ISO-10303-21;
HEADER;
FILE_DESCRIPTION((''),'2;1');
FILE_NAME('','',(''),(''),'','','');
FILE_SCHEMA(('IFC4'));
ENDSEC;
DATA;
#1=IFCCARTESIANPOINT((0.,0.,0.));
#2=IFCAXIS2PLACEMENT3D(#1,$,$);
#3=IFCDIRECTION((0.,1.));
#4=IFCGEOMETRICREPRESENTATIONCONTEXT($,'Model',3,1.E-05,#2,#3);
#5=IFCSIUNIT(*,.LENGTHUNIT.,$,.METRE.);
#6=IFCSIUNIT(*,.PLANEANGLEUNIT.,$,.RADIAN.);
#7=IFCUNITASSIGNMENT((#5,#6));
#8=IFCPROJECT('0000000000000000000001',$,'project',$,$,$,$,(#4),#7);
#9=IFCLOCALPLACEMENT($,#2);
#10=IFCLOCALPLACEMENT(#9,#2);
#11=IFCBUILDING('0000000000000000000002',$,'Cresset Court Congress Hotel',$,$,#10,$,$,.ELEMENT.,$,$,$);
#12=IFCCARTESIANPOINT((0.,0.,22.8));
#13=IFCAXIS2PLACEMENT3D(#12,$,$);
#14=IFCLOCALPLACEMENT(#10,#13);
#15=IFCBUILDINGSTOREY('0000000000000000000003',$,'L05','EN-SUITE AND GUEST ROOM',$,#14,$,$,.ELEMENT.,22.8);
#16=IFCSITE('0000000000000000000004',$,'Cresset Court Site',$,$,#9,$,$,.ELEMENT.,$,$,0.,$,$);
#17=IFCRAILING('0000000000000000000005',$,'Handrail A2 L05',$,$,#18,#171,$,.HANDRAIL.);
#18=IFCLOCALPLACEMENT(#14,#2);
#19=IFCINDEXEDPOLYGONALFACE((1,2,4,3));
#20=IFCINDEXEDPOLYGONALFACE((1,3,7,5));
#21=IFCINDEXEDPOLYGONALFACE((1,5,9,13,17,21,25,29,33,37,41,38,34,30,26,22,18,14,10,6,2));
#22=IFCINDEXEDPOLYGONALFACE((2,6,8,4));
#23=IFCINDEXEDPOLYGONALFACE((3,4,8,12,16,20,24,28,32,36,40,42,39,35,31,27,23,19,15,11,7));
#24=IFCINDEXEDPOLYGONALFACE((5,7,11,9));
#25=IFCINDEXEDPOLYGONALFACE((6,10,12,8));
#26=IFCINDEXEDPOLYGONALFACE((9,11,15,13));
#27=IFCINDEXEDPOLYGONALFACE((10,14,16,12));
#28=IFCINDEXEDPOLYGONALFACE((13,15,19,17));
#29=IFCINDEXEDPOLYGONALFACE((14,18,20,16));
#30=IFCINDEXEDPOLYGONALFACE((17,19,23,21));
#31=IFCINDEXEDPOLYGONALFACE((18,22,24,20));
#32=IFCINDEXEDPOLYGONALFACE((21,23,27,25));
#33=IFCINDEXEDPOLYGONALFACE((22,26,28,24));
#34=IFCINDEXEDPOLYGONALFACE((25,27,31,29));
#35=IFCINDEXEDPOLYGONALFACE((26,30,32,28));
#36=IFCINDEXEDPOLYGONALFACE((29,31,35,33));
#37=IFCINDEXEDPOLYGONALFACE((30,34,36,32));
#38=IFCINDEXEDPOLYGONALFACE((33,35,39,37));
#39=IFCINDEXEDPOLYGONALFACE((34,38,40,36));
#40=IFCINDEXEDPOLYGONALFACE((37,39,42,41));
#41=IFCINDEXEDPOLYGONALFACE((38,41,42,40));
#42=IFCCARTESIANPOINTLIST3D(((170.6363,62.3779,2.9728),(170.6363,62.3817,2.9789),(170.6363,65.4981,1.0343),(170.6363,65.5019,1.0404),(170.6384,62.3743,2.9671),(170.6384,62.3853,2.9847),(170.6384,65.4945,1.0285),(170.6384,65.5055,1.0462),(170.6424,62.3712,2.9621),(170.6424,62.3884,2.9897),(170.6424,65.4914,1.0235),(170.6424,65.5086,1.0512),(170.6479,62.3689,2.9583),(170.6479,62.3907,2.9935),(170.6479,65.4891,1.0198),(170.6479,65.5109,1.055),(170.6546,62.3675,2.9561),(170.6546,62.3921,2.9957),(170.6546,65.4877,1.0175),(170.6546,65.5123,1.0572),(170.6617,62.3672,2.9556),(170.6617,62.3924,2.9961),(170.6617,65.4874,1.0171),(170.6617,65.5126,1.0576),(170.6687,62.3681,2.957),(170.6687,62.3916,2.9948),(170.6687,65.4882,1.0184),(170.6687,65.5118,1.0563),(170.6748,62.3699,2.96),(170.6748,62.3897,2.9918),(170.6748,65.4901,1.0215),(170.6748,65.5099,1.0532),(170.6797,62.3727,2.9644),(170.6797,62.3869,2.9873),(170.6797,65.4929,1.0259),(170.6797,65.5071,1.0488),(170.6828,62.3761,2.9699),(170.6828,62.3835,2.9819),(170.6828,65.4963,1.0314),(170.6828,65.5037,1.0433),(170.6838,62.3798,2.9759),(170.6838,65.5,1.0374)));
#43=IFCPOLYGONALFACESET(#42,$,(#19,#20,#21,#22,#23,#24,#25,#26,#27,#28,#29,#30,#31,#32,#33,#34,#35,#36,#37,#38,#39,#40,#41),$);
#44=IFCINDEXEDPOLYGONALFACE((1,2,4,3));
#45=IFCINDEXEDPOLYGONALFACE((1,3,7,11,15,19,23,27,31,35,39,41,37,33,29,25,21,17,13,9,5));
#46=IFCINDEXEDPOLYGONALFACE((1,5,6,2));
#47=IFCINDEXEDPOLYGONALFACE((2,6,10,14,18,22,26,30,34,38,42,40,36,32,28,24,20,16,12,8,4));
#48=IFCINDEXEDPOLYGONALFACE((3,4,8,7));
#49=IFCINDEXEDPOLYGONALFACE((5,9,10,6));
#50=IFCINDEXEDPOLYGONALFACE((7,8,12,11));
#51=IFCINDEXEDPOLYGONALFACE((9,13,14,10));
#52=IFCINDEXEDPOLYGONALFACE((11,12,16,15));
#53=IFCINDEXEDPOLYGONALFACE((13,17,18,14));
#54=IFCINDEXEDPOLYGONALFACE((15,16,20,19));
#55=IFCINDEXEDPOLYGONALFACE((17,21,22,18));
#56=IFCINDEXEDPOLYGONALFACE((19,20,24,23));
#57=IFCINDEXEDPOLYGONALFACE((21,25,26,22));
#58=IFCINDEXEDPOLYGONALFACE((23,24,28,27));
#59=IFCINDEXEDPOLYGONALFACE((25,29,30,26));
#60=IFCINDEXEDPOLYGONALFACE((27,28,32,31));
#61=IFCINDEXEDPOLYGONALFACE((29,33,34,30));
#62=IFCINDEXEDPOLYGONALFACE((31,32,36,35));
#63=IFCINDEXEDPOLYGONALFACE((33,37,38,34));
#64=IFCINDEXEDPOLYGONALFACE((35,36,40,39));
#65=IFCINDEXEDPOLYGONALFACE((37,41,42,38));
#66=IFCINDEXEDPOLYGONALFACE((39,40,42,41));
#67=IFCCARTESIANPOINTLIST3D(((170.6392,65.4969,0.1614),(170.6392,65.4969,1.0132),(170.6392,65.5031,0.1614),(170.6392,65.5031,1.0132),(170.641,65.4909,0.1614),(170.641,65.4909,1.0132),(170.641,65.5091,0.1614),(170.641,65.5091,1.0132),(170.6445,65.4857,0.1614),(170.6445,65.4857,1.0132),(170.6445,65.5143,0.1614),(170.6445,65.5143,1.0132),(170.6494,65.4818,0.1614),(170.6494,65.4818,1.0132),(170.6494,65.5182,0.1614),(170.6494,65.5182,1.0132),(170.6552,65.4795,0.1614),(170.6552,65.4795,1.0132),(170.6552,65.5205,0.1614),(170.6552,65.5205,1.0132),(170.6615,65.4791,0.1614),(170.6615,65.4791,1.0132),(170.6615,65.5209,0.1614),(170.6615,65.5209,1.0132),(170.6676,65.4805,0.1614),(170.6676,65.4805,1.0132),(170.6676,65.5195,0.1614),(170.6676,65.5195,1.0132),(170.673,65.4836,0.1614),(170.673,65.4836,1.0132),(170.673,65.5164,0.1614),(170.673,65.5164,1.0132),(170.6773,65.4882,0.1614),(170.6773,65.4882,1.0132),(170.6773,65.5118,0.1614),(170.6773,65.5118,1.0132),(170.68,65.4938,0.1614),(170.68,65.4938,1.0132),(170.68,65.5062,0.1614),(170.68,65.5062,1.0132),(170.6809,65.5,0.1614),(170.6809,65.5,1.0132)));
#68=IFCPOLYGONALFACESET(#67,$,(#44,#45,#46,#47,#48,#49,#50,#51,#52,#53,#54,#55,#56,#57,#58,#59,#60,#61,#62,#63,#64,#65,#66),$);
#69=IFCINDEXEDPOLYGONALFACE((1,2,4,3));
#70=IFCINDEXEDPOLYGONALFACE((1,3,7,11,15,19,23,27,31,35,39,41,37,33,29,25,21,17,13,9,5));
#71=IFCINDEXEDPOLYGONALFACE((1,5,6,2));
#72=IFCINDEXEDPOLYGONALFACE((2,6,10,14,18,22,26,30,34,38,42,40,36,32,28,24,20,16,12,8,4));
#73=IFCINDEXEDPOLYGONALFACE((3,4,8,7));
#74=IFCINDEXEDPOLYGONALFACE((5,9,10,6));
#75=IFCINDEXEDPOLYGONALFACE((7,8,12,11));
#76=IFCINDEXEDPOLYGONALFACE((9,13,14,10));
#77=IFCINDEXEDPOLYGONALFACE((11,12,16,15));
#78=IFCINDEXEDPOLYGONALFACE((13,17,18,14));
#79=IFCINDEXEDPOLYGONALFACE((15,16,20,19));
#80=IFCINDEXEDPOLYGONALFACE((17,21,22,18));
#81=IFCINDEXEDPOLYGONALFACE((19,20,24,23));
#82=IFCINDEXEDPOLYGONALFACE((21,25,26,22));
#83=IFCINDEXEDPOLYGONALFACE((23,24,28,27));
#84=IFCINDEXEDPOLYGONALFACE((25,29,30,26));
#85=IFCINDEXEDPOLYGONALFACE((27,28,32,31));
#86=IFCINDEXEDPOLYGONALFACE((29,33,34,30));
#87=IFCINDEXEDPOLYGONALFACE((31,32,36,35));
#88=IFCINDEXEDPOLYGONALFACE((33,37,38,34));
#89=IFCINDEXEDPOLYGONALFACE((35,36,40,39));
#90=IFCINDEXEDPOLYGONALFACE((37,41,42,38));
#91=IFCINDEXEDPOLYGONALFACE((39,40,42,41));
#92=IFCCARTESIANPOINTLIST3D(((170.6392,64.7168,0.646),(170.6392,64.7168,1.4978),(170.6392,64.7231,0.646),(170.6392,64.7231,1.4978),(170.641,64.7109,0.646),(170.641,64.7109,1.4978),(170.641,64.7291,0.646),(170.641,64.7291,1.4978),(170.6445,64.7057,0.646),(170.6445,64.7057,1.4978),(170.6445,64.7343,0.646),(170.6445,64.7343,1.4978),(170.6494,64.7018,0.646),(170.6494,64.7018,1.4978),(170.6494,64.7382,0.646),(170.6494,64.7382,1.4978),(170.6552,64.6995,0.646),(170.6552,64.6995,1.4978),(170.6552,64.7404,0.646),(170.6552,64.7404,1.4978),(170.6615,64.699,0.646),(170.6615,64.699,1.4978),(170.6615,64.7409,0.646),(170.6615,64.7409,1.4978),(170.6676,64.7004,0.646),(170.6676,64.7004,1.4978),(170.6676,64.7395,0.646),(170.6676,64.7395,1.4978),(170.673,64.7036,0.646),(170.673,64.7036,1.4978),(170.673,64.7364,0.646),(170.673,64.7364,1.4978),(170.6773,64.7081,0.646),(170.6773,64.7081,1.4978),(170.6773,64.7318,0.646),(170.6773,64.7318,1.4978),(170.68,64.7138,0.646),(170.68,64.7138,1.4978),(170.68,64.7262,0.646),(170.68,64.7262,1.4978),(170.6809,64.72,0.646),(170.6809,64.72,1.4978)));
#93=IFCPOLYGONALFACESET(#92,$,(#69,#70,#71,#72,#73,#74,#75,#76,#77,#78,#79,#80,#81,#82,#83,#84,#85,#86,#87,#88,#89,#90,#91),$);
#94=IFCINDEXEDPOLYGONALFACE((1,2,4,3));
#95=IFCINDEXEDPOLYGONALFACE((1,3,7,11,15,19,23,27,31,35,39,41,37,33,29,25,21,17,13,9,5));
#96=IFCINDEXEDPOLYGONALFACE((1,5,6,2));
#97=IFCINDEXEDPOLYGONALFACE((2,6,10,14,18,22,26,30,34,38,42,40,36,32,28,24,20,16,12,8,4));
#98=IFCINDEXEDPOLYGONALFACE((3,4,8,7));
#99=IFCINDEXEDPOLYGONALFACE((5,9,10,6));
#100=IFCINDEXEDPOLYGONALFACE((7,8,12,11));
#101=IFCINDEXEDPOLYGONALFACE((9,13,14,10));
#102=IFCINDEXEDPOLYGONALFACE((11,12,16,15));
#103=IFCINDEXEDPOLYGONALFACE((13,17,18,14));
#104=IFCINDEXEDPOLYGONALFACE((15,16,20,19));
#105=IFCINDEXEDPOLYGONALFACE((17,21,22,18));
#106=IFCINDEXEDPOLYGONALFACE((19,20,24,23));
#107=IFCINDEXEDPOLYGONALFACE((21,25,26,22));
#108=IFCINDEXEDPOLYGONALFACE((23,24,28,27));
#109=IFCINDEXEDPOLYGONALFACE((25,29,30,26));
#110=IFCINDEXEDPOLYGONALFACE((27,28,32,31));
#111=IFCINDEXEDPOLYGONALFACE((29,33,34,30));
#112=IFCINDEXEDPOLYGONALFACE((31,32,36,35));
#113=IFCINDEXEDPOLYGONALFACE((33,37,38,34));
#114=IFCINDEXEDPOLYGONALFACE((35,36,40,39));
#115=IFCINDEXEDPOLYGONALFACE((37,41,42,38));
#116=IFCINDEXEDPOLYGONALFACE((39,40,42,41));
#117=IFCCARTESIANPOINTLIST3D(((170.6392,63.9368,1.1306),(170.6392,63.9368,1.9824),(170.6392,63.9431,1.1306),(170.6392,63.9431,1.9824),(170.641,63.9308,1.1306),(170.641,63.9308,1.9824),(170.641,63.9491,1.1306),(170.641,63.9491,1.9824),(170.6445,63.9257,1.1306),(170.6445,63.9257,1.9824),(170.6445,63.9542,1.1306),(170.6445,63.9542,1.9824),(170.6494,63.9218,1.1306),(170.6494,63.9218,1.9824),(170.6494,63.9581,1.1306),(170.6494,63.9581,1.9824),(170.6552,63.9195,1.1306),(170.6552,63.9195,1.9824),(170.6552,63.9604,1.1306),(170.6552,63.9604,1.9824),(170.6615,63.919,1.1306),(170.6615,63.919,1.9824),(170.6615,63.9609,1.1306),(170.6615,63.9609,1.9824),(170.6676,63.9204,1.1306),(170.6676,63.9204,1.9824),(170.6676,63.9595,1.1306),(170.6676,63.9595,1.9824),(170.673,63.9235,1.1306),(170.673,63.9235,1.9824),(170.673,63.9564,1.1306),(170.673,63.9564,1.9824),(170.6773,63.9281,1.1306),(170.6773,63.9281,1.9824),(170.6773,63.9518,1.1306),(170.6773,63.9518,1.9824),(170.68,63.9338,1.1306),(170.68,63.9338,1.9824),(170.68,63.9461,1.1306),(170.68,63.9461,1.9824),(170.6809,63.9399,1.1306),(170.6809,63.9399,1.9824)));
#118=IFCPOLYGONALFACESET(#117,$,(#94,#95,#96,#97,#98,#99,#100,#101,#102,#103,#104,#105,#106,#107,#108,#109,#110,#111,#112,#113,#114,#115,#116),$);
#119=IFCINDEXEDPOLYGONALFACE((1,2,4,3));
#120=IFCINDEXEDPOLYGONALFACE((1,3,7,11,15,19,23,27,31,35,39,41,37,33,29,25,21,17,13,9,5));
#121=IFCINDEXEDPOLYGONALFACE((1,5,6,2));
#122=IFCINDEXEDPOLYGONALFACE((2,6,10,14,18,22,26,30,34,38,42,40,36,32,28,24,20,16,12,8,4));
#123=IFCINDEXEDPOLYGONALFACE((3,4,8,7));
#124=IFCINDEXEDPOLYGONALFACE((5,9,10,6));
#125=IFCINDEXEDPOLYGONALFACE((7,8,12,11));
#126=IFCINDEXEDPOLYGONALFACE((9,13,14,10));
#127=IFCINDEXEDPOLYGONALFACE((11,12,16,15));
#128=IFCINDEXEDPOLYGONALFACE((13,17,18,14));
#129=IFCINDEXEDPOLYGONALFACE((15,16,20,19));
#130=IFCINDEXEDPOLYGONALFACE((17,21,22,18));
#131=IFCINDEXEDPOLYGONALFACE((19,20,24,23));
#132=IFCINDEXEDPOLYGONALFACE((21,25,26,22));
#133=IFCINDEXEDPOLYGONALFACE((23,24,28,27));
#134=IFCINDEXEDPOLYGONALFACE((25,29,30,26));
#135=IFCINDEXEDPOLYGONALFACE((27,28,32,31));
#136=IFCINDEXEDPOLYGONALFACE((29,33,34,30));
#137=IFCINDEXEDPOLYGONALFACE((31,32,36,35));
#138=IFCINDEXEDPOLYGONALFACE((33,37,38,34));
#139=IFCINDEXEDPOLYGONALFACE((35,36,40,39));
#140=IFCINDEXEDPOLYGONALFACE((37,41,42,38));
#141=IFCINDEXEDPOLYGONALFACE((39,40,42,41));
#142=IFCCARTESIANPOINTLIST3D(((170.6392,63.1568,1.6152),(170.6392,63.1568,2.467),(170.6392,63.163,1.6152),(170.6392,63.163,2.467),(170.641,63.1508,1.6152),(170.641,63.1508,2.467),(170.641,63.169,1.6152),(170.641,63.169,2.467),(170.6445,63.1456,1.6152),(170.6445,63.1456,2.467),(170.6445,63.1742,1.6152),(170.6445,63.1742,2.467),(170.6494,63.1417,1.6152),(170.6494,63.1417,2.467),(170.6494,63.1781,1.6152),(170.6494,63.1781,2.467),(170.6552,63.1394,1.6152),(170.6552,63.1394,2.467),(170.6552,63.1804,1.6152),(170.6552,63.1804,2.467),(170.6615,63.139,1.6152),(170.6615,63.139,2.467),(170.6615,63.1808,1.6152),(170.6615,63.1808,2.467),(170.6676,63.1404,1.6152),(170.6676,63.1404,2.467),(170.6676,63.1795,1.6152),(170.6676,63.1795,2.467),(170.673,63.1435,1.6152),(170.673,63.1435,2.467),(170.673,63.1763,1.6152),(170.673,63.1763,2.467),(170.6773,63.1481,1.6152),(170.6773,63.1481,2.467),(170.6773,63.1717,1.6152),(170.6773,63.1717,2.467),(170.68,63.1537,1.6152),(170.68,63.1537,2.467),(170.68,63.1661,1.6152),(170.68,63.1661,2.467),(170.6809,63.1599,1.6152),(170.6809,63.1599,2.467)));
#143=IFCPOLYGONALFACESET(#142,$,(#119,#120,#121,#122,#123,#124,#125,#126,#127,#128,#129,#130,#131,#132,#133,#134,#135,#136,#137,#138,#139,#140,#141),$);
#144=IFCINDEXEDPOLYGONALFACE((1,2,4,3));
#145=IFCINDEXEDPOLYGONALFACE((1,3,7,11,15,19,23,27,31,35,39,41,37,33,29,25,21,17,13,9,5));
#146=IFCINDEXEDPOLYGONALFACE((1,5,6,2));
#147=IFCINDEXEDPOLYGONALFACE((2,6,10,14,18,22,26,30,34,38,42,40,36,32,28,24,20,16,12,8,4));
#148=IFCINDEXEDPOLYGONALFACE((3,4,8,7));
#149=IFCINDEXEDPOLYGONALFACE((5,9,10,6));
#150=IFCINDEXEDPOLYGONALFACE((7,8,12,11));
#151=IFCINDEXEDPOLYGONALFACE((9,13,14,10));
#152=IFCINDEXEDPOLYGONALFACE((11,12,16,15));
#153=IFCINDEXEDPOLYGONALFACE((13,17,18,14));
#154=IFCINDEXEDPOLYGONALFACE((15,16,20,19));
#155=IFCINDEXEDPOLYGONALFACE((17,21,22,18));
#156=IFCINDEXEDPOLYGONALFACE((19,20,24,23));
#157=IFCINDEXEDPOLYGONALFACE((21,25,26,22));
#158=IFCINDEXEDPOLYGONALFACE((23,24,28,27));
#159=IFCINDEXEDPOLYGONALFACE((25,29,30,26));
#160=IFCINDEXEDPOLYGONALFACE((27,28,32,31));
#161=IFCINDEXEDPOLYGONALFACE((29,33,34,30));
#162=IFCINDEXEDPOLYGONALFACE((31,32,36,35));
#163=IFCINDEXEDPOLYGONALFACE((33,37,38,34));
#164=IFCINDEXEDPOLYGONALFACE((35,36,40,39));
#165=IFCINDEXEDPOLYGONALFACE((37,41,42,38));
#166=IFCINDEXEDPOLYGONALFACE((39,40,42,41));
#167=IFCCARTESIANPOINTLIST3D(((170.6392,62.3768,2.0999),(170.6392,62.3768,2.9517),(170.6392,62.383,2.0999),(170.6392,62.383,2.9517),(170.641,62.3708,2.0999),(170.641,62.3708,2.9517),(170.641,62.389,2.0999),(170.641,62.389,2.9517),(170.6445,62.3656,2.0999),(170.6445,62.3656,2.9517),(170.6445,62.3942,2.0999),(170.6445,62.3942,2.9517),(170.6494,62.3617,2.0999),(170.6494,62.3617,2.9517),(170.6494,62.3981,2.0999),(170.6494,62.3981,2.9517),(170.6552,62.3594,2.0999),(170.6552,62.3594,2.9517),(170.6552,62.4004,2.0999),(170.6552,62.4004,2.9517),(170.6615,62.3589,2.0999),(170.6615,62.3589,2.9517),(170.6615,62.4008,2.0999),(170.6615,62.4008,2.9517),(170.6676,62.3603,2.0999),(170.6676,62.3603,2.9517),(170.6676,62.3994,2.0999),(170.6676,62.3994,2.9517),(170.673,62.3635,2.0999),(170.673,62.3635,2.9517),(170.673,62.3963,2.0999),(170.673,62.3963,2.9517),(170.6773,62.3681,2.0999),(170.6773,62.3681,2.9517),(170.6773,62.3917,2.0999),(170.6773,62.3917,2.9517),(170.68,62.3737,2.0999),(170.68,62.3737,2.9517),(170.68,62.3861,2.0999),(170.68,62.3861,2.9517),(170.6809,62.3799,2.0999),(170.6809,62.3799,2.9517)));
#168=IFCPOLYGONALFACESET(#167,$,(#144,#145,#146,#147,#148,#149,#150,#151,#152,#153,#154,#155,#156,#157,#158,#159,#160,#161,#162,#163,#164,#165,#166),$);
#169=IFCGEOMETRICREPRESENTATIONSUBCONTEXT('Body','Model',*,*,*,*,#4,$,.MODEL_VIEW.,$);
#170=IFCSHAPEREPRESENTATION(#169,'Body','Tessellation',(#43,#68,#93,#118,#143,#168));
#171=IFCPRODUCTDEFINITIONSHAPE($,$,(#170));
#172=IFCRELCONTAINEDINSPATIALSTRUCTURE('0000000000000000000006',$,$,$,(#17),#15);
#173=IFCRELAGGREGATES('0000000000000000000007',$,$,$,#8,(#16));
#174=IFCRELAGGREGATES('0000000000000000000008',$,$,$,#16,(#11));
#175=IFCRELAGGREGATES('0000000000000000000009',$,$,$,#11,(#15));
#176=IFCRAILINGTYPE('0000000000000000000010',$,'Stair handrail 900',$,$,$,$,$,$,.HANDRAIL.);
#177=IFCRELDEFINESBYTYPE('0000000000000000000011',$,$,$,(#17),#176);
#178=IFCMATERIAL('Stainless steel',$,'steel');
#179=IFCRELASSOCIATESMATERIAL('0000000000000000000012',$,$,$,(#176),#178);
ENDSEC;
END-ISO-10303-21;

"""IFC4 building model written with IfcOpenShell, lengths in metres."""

from ifc_helpers import new_model, si_unit, direction, frame, origin, origin_2d, place, context, subcontext, project, spatial, circle, extrude, material, type_object, element, save


model = new_model("IFC4")

# Units and contexts
model_context = context("Model", 3, precision=1e-05, world=origin(), true_north=direction((0.0, 1.0)))
body_context = subcontext(model_context, "Body", "Model", "MODEL_VIEW")
ifc_project = project(units=[si_unit("LENGTHUNIT", "METRE"), si_unit("PLANEANGLEUNIT", "RADIAN")], contexts=[model_context])

# Site, building, storey
site_placement = place(None, origin())
site = spatial("IfcSite", under=ifc_project, at=site_placement, Name="Cresset Court Site", CompositionType="ELEMENT", RefElevation=0.0)
building_placement = place(site_placement, origin())
building = spatial("IfcBuilding", under=site, at=building_placement, Name="Cresset Court Congress Hotel", CompositionType="ELEMENT")
storey_placement = place(building_placement, frame((0.0, 0.0, 22.8)))
storey = spatial("IfcBuildingStorey", under=building, at=storey_placement, Name="L05", Description="EN-SUITE AND GUEST ROOM", CompositionType="ELEMENT", Elevation=22.8)

# Railing
ifc_material_1 = material(Name="Stainless steel", Category="steel")
railing_type_1 = type_object("IfcRailingType", Name="Stair handrail 900", PredefinedType="HANDRAIL", material=ifc_material_1)
for number, where, name in (
    (1, (170.6599, 65.5, 0.1614), "Handrail A2 L05"),
):
    element("IfcRailing", number, at=place(storey_placement, frame(where)), inside=storey, type_object=railing_type_1, Name=name, PredefinedType="HANDRAIL", context=body_context, shape_type="SweptSolid", body=[
        extrude(circle(Radius=0.0239, at=origin_2d()), frame((0.0, 0.0, 0.876), z_axis=(0.0, -0.849414, 0.527727), x_axis=(1.0, 0.0, 0.0)), (0.0, 0.0, 1.0), 3.6733),
        extrude(circle(Radius=0.021, at=origin_2d()), origin(), (0.0, 0.0, 1.0), 0.8518),
        extrude(circle(Radius=0.021, at=origin_2d()), frame((0.0, -0.78, 0.4846)), (0.0, 0.0, 1.0), 0.8518),
        extrude(circle(Radius=0.021, at=origin_2d()), frame((0.0, -1.5601, 0.9692)), (0.0, 0.0, 1.0), 0.8518),
        extrude(circle(Radius=0.021, at=origin_2d()), frame((0.0, -2.3401, 1.4539)), (0.0, 0.0, 1.0), 0.8518),
        extrude(circle(Radius=0.021, at=origin_2d()), frame((0.0, -3.1201, 1.9385)), (0.0, 0.0, 1.0), 0.8518),
    ])

save(model, "model.ifc")
